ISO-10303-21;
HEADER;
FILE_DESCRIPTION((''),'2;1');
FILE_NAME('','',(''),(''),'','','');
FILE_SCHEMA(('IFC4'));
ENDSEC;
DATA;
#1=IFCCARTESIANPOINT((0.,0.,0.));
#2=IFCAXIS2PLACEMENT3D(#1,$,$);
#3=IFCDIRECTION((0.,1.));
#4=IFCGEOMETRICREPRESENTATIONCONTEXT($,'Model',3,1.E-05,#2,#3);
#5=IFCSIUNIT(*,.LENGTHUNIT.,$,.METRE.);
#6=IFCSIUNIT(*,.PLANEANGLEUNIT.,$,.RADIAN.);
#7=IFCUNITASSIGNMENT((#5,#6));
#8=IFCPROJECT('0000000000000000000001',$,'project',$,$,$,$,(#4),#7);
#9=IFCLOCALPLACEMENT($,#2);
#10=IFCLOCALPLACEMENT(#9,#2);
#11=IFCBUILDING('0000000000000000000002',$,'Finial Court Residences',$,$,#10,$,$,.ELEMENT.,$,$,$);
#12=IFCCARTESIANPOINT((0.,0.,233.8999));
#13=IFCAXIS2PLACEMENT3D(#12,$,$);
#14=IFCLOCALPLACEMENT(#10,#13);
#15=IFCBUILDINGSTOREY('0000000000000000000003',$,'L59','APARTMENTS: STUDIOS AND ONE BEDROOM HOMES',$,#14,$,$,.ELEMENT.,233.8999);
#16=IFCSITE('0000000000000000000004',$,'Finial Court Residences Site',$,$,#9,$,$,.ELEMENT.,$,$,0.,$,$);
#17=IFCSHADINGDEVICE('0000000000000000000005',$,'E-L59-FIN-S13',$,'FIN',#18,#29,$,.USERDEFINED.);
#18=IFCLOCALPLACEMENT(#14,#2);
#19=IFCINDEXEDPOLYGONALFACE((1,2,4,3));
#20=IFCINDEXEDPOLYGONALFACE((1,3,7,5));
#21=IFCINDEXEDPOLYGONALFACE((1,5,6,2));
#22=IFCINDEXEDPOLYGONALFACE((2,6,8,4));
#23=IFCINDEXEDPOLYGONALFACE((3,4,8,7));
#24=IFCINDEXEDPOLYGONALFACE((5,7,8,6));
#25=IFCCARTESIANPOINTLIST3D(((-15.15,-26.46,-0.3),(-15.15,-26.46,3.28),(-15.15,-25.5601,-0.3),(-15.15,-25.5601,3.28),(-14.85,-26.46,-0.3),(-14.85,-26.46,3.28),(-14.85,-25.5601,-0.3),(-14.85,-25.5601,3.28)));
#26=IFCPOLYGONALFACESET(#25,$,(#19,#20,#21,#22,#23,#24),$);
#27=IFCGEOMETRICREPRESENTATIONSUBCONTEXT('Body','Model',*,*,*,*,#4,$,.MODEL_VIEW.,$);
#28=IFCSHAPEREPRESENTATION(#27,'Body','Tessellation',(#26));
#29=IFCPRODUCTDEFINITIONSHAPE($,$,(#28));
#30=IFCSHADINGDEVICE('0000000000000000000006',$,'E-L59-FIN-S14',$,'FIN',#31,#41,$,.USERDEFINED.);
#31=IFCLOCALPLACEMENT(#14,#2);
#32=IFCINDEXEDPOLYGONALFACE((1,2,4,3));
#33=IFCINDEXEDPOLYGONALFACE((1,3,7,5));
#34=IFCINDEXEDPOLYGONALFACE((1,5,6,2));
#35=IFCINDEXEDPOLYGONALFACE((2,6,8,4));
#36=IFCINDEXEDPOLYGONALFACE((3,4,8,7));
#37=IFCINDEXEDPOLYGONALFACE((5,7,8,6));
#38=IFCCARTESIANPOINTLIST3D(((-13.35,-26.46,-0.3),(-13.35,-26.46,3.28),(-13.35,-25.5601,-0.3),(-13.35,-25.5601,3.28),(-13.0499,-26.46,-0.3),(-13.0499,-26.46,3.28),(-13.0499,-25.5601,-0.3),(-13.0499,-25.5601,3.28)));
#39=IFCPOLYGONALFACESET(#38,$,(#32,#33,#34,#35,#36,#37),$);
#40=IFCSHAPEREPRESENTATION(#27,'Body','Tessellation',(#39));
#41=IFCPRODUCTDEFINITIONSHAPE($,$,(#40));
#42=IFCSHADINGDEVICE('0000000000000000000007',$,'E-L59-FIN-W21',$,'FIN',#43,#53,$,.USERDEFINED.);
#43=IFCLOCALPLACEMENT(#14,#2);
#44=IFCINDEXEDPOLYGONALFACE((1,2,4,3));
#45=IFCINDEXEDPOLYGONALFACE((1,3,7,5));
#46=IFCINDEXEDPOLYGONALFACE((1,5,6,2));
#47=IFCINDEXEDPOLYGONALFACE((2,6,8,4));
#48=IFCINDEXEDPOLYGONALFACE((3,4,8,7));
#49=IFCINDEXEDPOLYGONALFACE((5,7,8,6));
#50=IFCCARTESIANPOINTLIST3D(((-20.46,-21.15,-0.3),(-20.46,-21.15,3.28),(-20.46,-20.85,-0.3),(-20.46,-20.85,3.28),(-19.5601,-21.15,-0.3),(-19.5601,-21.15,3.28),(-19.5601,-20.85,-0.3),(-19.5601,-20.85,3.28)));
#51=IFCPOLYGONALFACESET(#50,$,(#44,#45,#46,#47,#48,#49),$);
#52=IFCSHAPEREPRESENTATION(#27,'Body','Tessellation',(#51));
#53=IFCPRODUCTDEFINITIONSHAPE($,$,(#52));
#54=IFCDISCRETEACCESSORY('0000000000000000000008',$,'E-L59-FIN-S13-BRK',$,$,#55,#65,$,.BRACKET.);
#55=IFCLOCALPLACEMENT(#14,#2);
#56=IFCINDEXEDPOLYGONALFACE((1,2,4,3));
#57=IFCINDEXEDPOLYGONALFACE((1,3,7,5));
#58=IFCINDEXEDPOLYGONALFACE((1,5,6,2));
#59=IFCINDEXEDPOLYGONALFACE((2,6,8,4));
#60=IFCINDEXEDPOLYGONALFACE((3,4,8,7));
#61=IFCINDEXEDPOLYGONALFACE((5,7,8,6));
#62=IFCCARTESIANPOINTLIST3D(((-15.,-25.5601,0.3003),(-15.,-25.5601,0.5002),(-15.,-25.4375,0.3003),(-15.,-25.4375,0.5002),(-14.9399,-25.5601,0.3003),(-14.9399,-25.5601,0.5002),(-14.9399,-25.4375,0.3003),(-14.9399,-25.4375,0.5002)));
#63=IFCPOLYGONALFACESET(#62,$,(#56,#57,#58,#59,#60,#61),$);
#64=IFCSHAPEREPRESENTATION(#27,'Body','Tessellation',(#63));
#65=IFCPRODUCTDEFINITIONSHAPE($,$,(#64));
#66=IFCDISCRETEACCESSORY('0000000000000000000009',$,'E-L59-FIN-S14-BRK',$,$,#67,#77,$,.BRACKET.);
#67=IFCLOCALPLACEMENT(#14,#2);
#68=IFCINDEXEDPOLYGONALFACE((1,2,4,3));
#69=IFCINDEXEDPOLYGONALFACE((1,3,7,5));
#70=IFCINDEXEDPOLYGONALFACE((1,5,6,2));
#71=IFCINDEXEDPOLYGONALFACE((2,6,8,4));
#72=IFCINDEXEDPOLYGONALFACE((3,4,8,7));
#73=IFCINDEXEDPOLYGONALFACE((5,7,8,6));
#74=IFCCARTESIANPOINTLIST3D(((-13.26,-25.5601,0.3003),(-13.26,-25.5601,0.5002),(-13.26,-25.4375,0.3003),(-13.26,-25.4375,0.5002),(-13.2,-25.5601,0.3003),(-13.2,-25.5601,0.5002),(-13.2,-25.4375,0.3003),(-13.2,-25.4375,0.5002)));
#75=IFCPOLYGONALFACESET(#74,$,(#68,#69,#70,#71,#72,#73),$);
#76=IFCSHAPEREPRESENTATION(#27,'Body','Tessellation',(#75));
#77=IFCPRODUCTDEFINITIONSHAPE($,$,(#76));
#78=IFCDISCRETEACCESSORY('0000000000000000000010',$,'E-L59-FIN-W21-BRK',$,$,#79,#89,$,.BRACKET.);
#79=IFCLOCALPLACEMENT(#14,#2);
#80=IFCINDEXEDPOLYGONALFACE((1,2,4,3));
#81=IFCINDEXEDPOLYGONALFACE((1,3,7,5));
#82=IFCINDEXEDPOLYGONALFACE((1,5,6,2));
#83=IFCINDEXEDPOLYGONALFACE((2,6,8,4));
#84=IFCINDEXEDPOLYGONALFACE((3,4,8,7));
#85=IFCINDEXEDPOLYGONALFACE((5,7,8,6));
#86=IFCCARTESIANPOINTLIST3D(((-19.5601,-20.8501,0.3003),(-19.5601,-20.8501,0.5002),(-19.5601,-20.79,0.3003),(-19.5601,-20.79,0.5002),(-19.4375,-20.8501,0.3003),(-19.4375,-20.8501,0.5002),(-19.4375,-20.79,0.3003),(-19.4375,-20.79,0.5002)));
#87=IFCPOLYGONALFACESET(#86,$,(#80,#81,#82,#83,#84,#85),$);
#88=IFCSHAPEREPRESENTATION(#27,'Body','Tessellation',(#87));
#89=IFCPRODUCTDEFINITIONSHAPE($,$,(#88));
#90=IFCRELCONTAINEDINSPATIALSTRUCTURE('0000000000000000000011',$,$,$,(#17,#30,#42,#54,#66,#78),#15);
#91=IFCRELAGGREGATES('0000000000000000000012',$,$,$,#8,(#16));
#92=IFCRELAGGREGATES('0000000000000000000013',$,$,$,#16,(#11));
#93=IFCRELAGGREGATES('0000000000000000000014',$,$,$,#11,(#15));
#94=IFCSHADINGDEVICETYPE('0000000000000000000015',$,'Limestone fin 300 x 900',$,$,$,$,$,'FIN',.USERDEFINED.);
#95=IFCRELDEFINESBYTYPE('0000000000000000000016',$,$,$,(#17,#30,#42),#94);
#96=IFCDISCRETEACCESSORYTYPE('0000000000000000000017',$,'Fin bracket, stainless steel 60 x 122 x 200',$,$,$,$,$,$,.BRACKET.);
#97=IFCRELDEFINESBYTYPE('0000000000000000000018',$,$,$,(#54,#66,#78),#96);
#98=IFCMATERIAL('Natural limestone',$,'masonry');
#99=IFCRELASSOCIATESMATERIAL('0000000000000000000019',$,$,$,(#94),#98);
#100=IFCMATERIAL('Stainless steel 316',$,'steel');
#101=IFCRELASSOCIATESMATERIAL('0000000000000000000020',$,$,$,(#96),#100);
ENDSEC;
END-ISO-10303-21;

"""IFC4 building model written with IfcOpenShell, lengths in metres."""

from ifc_helpers import new_model, si_unit, direction, frame, origin, origin_2d, place, context, subcontext, project, spatial, rectangle, extrude, material, type_object, element, save


model = new_model("IFC4")

# Units and contexts
model_context = context("Model", 3, precision=1e-05, world=origin(), true_north=direction((0.0, 1.0)))
body_context = subcontext(model_context, "Body", "Model", "MODEL_VIEW")
ifc_project = project(units=[si_unit("LENGTHUNIT", "METRE"), si_unit("PLANEANGLEUNIT", "RADIAN")], contexts=[model_context])

# Site, building, storey
site_placement = place(None, origin())
site = spatial("IfcSite", under=ifc_project, at=site_placement, Name="Finial Court Residences Site", CompositionType="ELEMENT", RefElevation=0.0)
building_placement = place(site_placement, origin())
building = spatial("IfcBuilding", under=site, at=building_placement, Name="Finial Court Residences", CompositionType="ELEMENT")
storey_placement = place(building_placement, frame((0.0, 0.0, 233.8999)))
storey = spatial("IfcBuildingStorey", under=building, at=storey_placement, Name="L59", Description="APARTMENTS: STUDIOS AND ONE BEDROOM HOMES", CompositionType="ELEMENT", Elevation=233.8999)

# Shared definitions
ifc_material_1 = material(Name="Natural limestone", Category="masonry")

# Shading devices
shading_device_type = type_object("IfcShadingDeviceType", Name="Limestone fin 300 x 900", ElementType="FIN", PredefinedType="USERDEFINED", material=ifc_material_1)
for number, where, z_axis, x_axis, name in (
    (1, (-15.0, -26.01, -0.3), (0.0, 0.0, 1.0), (1.0, 0.0, 0.0), "E-L59-FIN-S13"),
    (2, (-13.2, -26.01, -0.3), (0.0, 0.0, 1.0), (1.0, 0.0, 0.0), "E-L59-FIN-S14"),
):
    element("IfcShadingDevice", number, at=place(storey_placement, frame(where, z_axis=z_axis, x_axis=x_axis)), inside=storey, type_object=shading_device_type, Name=name, ObjectType="FIN", PredefinedType="USERDEFINED", context=body_context, shape_type="SweptSolid", body=[
        extrude(rectangle(XDim=0.3, YDim=0.8999, at=origin_2d()), origin(), (0.0, 0.0, 1.0), 3.5801),
    ])
shading_device_placement = place(storey_placement, frame((-20.01, -21.0, -0.3), z_axis=(0.0, 0.0, 1.0), x_axis=(1.0, 0.0, 0.0)))
element("IfcShadingDevice", 3, at=shading_device_placement, inside=storey, type_object=shading_device_type, Name="E-L59-FIN-W21", ObjectType="FIN", PredefinedType="USERDEFINED", context=body_context, shape_type="SweptSolid", body=[
    extrude(rectangle(XDim=0.8999, YDim=0.3, at=origin_2d()), origin(), (0.0, 0.0, 1.0), 3.5801),
])

# Discrete accessories
ifc_material_2 = material(Name="Stainless steel 316", Category="steel")
discrete_accessory_type = type_object("IfcDiscreteAccessoryType", Name="Fin bracket, stainless steel 60 x 122 x 200", PredefinedType="BRACKET", material=ifc_material_2)
for number, where, z_axis, x_axis, name in (
    (4, (-14.97, -25.4988, 0.3003), (0.0, 0.0, 1.0), (1.0, 0.0, 0.0), "E-L59-FIN-S13-BRK"),
    (5, (-13.23, -25.4988, 0.3003), (0.0, 0.0, 1.0), (1.0, 0.0, 0.0), "E-L59-FIN-S14-BRK"),
):
    element("IfcDiscreteAccessory", number, at=place(storey_placement, frame(where, z_axis=z_axis, x_axis=x_axis)), inside=storey, type_object=discrete_accessory_type, Name=name, PredefinedType="BRACKET", context=body_context, shape_type="SweptSolid", body=[
        extrude(rectangle(XDim=0.0601, YDim=0.1226, at=origin_2d()), origin(), (0.0, 0.0, 1.0), 0.2),
    ])
discrete_accessory_placement = place(storey_placement, frame((-19.4988, -20.8201, 0.3003), z_axis=(0.0, 0.0, 1.0), x_axis=(1.0, 0.0, 0.0)))
element("IfcDiscreteAccessory", 6, at=discrete_accessory_placement, inside=storey, type_object=discrete_accessory_type, Name="E-L59-FIN-W21-BRK", PredefinedType="BRACKET", context=body_context, shape_type="SweptSolid", body=[
    extrude(rectangle(XDim=0.1226, YDim=0.0601, at=origin_2d()), origin(), (0.0, 0.0, 1.0), 0.2),
])

save(model, "model.ifc")
